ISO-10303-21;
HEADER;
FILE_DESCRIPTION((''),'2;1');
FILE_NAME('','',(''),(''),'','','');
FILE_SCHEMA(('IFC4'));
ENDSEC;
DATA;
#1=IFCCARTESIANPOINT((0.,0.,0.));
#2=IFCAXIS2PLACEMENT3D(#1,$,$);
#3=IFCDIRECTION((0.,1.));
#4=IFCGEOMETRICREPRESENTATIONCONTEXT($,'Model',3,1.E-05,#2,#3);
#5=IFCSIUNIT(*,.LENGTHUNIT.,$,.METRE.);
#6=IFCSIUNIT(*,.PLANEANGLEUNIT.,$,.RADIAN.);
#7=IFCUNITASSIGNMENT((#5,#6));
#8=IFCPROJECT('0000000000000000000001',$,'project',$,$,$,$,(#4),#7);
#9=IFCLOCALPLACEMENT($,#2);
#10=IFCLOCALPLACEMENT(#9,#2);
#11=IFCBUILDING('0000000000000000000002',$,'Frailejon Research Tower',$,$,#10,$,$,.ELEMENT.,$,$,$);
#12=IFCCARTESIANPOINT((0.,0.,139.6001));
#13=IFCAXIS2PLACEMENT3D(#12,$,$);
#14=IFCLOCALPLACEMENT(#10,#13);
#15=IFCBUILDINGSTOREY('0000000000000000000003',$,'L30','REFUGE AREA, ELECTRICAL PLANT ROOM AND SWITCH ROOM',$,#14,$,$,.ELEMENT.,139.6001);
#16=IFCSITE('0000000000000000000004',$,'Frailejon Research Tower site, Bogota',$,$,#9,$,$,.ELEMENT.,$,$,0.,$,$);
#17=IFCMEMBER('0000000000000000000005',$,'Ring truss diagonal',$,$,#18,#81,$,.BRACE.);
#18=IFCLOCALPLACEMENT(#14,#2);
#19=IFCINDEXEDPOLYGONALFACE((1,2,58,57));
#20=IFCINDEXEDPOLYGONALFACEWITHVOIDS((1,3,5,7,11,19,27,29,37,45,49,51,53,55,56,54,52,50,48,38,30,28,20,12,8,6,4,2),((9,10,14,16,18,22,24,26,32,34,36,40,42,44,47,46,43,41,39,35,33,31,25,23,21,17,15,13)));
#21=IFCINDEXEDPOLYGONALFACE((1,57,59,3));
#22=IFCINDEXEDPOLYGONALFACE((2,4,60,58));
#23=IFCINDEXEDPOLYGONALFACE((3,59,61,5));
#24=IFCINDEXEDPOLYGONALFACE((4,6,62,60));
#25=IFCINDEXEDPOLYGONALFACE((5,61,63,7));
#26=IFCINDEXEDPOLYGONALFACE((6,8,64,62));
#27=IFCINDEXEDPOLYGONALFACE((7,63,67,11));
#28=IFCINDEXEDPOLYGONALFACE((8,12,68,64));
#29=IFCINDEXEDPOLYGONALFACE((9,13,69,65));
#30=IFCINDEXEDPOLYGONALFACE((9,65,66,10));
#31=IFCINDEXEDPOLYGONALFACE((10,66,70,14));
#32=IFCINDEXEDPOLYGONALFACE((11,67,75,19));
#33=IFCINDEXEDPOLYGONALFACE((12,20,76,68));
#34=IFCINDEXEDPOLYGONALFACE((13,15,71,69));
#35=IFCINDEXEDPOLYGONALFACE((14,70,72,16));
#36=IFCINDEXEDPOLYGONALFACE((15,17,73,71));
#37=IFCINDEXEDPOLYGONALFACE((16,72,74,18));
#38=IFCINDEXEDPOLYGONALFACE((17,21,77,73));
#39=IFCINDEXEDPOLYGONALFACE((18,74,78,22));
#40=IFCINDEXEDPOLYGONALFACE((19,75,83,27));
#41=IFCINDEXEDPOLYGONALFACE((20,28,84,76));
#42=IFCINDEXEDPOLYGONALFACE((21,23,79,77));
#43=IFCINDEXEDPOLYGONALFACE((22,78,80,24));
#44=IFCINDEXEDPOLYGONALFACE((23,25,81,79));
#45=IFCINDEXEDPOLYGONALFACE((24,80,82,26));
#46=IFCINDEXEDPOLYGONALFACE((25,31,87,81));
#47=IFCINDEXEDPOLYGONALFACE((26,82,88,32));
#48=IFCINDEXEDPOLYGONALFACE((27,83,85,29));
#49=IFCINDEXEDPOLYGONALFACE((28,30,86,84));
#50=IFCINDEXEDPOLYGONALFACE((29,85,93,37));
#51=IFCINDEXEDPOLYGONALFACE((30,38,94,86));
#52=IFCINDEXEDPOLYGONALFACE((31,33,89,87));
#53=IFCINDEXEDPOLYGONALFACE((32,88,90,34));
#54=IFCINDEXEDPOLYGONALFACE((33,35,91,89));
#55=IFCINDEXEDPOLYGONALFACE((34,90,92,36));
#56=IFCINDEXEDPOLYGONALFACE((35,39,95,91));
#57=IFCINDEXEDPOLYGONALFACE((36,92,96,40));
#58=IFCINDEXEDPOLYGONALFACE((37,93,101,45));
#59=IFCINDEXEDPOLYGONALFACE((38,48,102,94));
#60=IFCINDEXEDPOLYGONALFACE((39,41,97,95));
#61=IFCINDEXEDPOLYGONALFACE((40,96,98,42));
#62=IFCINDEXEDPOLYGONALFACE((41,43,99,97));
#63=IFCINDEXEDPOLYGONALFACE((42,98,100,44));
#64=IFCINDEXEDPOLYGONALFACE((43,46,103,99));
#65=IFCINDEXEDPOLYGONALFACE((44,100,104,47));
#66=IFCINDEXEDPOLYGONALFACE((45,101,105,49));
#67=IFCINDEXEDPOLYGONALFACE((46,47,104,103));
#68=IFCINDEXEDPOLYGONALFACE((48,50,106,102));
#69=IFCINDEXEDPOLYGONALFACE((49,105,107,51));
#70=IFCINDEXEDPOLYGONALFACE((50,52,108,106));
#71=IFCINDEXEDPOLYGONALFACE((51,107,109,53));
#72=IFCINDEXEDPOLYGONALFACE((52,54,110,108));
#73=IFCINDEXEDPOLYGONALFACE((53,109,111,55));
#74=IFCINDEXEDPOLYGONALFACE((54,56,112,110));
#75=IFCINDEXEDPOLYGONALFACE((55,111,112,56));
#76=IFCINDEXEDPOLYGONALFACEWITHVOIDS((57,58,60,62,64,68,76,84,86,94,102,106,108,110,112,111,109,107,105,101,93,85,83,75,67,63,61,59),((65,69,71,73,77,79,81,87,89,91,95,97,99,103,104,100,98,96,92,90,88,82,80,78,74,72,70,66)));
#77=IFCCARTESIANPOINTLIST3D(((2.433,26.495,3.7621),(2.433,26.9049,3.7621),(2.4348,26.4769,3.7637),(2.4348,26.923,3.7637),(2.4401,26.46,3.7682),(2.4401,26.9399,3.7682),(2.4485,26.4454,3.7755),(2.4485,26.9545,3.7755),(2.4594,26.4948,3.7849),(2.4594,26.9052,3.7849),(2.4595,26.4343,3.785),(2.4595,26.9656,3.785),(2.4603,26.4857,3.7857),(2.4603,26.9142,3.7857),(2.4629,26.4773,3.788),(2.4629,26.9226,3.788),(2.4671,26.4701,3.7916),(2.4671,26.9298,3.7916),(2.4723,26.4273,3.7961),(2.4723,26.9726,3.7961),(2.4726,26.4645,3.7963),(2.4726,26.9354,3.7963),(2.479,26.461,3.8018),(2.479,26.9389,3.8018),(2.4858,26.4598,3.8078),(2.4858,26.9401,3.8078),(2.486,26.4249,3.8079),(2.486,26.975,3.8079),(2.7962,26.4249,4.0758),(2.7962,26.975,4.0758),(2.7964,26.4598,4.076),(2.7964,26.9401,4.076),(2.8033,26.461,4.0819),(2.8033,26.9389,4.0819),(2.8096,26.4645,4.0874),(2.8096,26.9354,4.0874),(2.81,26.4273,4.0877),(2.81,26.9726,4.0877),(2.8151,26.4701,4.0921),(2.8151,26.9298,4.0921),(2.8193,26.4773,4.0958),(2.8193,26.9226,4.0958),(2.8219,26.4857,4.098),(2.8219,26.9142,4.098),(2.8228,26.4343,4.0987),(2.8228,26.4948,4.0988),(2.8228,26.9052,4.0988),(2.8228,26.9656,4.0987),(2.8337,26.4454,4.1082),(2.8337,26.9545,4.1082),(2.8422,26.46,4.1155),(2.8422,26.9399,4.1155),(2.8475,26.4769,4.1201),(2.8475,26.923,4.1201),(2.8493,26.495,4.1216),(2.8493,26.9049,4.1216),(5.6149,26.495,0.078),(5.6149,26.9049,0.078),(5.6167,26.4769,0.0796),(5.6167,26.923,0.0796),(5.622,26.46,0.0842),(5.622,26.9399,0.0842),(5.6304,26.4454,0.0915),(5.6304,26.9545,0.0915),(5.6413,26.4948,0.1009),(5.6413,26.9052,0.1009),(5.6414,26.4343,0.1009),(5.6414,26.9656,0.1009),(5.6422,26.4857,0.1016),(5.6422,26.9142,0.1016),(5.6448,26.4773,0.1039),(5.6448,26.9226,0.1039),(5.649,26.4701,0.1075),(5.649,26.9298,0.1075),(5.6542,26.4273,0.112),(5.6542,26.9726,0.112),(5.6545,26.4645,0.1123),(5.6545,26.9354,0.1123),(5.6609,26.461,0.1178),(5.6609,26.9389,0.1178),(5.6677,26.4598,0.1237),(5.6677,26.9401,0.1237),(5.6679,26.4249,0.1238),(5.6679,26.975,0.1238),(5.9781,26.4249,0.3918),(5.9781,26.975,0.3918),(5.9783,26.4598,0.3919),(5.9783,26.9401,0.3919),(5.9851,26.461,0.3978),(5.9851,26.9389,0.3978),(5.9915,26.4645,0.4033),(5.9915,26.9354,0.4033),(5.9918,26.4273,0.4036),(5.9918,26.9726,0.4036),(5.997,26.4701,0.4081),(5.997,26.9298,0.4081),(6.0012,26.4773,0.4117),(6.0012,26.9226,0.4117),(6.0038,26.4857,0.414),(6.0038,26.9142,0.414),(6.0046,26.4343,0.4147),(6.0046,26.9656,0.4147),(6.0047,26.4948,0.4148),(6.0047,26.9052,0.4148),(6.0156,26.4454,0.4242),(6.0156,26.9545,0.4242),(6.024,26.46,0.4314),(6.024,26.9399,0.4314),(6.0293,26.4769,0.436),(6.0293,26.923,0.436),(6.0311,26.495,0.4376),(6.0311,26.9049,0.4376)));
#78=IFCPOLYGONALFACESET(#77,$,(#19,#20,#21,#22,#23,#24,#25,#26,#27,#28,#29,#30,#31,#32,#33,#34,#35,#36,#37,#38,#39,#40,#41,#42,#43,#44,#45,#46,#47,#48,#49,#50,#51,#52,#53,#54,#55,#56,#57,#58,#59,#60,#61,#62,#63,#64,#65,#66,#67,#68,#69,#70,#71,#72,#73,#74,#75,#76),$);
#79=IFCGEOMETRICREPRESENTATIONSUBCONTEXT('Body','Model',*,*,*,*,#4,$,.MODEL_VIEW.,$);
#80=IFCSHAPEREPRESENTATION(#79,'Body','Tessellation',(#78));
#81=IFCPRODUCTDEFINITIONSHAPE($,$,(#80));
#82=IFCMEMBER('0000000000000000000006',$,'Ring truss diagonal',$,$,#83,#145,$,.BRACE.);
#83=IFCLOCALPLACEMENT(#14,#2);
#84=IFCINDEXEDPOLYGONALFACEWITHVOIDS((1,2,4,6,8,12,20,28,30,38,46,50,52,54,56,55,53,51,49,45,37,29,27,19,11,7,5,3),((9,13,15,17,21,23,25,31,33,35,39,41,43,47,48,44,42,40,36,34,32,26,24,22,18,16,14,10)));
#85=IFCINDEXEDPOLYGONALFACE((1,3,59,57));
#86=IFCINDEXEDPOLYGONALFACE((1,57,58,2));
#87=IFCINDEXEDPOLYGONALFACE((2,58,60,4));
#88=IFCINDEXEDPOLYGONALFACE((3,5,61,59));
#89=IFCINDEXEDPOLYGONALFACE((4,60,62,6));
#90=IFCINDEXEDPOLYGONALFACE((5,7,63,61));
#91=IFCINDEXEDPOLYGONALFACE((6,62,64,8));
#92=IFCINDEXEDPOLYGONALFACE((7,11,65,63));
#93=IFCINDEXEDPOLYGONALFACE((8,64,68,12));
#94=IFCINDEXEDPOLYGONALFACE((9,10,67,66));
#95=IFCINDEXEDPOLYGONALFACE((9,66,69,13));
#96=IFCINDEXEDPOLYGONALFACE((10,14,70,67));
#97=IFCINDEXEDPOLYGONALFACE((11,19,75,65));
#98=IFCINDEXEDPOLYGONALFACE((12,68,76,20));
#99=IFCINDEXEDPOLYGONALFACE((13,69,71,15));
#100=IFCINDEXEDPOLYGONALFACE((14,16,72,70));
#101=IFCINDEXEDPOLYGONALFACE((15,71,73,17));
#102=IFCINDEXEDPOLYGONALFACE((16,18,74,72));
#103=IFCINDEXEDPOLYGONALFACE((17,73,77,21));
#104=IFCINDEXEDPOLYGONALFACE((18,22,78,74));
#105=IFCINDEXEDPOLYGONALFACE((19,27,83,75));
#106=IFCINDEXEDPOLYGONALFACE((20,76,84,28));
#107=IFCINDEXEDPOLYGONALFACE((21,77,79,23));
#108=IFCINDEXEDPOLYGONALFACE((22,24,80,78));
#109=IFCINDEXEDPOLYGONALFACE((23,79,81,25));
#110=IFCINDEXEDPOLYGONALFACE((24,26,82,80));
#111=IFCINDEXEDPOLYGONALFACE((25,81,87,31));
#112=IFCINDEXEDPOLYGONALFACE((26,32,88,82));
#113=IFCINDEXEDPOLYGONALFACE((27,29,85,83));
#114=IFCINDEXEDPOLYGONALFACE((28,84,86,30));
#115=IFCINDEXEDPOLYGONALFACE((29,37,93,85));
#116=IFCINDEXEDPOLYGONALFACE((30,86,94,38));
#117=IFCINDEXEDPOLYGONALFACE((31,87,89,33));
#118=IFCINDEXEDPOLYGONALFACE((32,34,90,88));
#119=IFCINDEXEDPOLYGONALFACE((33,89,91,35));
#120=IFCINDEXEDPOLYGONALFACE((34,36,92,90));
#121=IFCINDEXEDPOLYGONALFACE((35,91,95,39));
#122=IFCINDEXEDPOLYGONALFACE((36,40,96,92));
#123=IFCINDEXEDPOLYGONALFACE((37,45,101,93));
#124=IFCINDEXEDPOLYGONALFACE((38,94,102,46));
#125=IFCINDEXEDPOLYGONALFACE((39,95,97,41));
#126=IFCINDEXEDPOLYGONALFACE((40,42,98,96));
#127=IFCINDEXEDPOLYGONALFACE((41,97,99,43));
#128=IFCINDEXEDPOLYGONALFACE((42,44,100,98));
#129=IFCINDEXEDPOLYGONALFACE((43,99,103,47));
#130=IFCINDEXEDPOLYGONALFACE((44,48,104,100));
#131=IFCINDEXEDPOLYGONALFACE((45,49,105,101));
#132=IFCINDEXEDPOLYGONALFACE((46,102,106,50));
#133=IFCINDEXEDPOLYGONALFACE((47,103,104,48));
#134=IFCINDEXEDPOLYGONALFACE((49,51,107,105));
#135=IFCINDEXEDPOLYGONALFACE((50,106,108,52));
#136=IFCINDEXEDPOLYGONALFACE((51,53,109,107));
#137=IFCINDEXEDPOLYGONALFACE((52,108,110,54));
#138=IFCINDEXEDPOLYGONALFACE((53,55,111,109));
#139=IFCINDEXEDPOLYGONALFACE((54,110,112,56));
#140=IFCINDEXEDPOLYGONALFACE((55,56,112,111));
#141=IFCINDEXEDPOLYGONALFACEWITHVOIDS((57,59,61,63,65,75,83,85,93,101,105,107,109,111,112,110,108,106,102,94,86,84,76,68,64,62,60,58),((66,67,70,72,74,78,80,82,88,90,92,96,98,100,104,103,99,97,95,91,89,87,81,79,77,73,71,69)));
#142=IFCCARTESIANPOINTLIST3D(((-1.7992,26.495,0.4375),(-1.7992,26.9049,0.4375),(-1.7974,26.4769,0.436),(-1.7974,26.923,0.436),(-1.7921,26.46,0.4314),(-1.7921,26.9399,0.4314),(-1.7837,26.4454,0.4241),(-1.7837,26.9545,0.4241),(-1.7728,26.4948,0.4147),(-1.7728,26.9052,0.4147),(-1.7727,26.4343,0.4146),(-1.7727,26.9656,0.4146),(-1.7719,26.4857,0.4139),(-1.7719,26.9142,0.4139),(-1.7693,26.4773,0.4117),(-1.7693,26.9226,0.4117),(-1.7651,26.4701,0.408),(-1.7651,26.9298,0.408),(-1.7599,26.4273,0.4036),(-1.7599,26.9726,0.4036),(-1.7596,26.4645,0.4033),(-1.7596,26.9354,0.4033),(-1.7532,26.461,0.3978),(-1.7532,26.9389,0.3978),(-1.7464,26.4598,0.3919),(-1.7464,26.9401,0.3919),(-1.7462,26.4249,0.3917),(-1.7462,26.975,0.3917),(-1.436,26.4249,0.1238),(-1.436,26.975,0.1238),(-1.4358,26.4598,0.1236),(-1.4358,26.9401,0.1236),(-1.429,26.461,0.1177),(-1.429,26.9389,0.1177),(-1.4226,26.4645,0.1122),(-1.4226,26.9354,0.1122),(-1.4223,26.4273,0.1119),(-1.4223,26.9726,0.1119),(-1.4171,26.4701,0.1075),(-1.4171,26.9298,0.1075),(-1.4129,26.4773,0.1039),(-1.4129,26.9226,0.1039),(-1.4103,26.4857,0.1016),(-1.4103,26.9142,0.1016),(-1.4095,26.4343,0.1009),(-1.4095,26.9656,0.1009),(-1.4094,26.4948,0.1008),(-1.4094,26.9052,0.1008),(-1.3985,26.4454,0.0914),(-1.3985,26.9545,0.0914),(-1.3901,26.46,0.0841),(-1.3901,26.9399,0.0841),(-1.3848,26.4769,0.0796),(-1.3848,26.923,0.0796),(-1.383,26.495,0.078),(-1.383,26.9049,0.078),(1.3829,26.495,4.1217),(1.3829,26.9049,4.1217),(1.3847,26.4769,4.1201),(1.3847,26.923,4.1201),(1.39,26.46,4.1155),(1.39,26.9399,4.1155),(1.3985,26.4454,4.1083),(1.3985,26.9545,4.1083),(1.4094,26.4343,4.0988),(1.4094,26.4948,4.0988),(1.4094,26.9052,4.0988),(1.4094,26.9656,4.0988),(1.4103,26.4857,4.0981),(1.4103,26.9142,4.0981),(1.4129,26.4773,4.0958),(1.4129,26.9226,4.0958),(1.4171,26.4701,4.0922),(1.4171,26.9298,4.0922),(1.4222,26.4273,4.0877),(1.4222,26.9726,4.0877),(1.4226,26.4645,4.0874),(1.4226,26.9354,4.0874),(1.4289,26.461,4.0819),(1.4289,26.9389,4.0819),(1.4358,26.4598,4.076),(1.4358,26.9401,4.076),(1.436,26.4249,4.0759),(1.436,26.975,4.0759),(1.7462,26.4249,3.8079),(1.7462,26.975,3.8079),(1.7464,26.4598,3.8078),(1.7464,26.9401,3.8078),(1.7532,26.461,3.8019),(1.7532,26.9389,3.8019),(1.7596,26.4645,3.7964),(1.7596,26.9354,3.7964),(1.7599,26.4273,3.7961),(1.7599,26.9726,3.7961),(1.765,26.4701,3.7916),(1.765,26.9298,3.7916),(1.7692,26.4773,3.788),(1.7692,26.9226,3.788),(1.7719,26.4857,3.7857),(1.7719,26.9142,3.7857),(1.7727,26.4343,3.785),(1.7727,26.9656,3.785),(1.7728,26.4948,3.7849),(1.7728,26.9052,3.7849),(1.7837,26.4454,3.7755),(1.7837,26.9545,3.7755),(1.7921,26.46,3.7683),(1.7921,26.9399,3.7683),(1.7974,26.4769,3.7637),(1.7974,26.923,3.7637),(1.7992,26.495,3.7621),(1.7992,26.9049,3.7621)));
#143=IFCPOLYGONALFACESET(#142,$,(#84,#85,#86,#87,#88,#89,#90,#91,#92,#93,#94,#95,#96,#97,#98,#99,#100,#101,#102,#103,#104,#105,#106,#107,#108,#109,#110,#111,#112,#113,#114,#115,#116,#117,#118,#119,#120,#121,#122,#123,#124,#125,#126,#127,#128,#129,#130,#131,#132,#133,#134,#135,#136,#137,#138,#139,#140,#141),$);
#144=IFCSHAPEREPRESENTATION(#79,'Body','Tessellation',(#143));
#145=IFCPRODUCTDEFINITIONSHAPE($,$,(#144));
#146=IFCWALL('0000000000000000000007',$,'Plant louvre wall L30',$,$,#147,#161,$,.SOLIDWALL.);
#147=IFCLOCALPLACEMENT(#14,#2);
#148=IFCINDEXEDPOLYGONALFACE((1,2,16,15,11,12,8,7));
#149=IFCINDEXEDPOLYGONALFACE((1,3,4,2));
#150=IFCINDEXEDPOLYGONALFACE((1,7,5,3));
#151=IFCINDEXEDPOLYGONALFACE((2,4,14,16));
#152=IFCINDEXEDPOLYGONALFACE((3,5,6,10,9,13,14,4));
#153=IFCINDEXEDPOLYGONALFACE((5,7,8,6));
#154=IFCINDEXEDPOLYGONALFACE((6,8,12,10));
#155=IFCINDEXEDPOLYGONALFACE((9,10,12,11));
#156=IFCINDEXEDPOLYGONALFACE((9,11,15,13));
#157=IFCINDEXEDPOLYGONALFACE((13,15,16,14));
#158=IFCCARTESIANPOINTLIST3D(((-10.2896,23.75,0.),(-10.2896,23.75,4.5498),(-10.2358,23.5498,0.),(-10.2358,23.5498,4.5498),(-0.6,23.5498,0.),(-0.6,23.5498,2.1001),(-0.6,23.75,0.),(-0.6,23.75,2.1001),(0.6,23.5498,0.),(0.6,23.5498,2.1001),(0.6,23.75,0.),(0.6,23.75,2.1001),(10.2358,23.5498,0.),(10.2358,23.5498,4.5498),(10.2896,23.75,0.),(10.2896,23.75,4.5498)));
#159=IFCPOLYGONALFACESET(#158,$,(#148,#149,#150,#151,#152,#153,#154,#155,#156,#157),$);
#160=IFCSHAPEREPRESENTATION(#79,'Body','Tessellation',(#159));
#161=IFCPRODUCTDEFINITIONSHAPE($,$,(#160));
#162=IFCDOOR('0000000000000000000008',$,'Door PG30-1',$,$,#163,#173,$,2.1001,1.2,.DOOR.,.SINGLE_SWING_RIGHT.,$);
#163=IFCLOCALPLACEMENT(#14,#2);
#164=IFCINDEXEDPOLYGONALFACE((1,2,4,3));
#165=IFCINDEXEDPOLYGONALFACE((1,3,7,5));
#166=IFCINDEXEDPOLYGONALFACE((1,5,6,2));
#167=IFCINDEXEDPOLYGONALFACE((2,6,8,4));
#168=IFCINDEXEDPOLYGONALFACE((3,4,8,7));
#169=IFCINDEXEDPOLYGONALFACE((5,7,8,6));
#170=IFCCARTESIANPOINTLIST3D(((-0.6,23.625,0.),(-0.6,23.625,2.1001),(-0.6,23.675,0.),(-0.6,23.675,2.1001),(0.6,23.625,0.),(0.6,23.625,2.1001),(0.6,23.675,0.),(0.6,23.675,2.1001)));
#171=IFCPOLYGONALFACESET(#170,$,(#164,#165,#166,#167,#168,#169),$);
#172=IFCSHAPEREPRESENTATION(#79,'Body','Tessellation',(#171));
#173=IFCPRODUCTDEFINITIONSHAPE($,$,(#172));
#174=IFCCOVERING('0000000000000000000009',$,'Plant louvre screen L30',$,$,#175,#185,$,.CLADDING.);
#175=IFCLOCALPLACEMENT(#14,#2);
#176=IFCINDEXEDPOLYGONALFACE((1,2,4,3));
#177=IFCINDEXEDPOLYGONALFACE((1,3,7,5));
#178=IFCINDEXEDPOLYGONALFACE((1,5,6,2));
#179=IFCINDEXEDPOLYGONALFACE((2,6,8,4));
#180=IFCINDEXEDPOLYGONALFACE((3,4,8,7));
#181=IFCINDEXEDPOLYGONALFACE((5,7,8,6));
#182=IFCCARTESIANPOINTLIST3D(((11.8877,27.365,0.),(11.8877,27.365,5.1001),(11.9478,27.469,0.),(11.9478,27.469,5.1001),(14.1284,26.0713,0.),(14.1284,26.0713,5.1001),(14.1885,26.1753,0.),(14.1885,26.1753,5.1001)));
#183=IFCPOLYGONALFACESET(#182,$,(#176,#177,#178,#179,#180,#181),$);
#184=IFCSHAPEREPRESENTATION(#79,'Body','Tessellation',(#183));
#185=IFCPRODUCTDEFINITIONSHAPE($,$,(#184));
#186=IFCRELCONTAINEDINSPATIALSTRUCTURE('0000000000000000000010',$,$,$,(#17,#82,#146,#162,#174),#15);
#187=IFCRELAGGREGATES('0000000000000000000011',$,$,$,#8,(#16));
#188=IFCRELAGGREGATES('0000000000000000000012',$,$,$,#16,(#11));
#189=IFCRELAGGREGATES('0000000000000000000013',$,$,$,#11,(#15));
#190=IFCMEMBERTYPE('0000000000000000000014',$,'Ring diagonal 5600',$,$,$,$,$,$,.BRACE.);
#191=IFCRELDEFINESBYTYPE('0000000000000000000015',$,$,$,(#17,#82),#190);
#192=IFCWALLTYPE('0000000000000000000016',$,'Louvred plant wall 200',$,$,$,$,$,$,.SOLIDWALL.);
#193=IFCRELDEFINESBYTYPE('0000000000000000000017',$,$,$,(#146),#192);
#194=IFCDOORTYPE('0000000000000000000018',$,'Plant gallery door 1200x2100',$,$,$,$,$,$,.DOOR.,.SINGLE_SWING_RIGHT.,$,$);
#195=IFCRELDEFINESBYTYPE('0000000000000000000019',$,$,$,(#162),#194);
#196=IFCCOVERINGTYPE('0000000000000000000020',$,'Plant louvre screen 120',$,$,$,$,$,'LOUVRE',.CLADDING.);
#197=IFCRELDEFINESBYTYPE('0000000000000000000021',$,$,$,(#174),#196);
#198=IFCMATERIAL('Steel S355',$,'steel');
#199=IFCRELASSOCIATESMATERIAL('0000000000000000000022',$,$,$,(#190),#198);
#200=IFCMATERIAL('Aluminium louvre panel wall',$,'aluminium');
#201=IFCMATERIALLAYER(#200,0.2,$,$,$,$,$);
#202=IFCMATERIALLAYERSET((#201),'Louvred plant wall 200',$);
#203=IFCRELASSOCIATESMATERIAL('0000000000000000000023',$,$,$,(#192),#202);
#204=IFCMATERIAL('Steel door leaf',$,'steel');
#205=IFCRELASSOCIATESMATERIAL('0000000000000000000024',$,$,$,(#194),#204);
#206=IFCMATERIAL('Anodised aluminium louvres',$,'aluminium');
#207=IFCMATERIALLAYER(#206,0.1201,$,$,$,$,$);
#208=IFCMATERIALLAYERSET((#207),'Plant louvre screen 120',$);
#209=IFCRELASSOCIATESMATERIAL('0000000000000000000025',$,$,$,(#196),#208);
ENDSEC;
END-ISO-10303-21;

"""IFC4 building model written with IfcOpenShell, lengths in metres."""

from ifc_helpers import new_model, si_unit, direction, frame, frame_2d, origin, origin_2d, place, context, subcontext, project, spatial, polyline, rectangle, hollow_rectangle, outline, extrude, material, layer, layer_set, material_profile, profile_set, type_object, element, fill, save


model = new_model("IFC4")

# Units and contexts
model_context = context("Model", 3, precision=1e-05, world=origin(), true_north=direction((0.0, 1.0)))
body_context = subcontext(model_context, "Body", "Model", "MODEL_VIEW")
ifc_project = project(units=[si_unit("LENGTHUNIT", "METRE"), si_unit("PLANEANGLEUNIT", "RADIAN")], contexts=[model_context])

# Site, building, storey
site_placement = place(None, origin())
site = spatial("IfcSite", under=ifc_project, at=site_placement, Name="Frailejon Research Tower site, Bogota", CompositionType="ELEMENT", RefElevation=0.0)
building_placement = place(site_placement, origin())
building = spatial("IfcBuilding", under=site, at=building_placement, Name="Frailejon Research Tower", CompositionType="ELEMENT")
storey_placement = place(building_placement, frame((0.0, 0.0, 139.6001)))
storey = spatial("IfcBuildingStorey", under=building, at=storey_placement, Name="L30", Description="REFUGE AREA, ELECTRICAL PLANT ROOM AND SWITCH ROOM", CompositionType="ELEMENT", Elevation=139.6001)

# Members
ifc_material_1 = material(Name="Steel S355", Category="steel")
ifc_material_profile_1 = material_profile(ifc_material_1, hollow_rectangle(XDim=0.55, YDim=0.55, WallThickness=0.0349, InnerFilletRadius=0.0349, OuterFilletRadius=0.0701, at=origin_2d()), Name="Ring diagonal 5600")
ifc_profile_set_1 = profile_set([ifc_material_profile_1], Name="Steel S355")
member_type = type_object("IfcMemberType", Name="Ring diagonal 5600", PredefinedType="BRACE", material=ifc_profile_set_1)
member_1_placement = place(storey_placement, frame((5.823, 26.7, 0.2578), z_axis=(-0.653641, 0.0, 0.756805), x_axis=(0.0, -1.0, 0.0)))
element("IfcMember", 1, at=member_1_placement, inside=storey, type_object=member_type, Name="Ring truss diagonal", PredefinedType="BRACE", context=body_context, shape_type="SweptSolid", body=[
    extrude(hollow_rectangle(XDim=0.55, YDim=0.55, WallThickness=0.0349, InnerFilletRadius=0.0349, OuterFilletRadius=0.0701, at=origin_2d()), origin(), (0.0, 0.0, 1.0), 4.8679),
])
member_2_placement = place(storey_placement, frame((1.5911, 26.7, 3.9419), z_axis=(-0.653669, 0.0, -0.75678), x_axis=(0.0, -1.0, 0.0)))
element("IfcMember", 2, at=member_2_placement, inside=storey, type_object=member_type, Name="Ring truss diagonal", PredefinedType="BRACE", context=body_context, shape_type="SweptSolid", body=[
    extrude(hollow_rectangle(XDim=0.55, YDim=0.55, WallThickness=0.0349, InnerFilletRadius=0.0349, OuterFilletRadius=0.0701, at=origin_2d()), origin(), (0.0, 0.0, 1.0), 4.8682),
])

# Wall, opening, door
ifc_material_2 = material(Name="Aluminium louvre panel wall", Category="aluminium")
ifc_layer_1 = layer(ifc_material_2, 0.2)
ifc_layer_set_1 = layer_set([ifc_layer_1], Name="Louvred plant wall 200")
wall_type = type_object("IfcWallType", Name="Louvred plant wall 200", PredefinedType="SOLIDWALL", material=ifc_layer_set_1)
wall_placement = place(storey_placement, frame((10.2627, 23.6499, 0.0), z_axis=(0.0, 0.0, 1.0), x_axis=(-1.0, 0.0, 0.0)))
wall = element("IfcWall", 3, at=wall_placement, inside=storey, type_object=wall_type, Name="Plant louvre wall L30", PredefinedType="SOLIDWALL", context=body_context, shape_type="SweptSolid", body=[
    extrude(outline(polyline([(-0.0269, -0.1001), (20.5522, -0.1001), (20.4985, 0.1001), (0.0269, 0.1001), (-0.0269, -0.1001)])), origin(), (0.0, 0.0, 1.0), 4.5498),
])
opening_placement = place(wall_placement, frame((9.6626, 0.0, 0.0)))
opening = element("IfcOpeningElement", 4, at=opening_placement, cuts=wall, PredefinedType="OPENING", context=body_context, shape_type="SweptSolid", body=[
    extrude(rectangle(XDim=1.2, YDim=2.1001, at=frame_2d((0.6001, 1.05))), frame((0.0, 0.1099, 0.0), z_axis=(0.0, -1.0, 0.0), x_axis=(1.0, 0.0, 0.0)), (0.0, 0.0, 1.0), 0.22),
])
ifc_material_3 = material(Name="Steel door leaf", Category="steel")
door_type = type_object("IfcDoorType", Name="Plant gallery door 1200x2100", OperationType="SINGLE_SWING_RIGHT", PredefinedType="DOOR", material=ifc_material_3)
door_placement = place(opening_placement, origin())
door = element("IfcDoor", 5, at=door_placement, inside=storey, type_object=door_type, Name="Door PG30-1", OperationType="SINGLE_SWING_RIGHT", OverallHeight=2.1001, OverallWidth=1.2, PredefinedType="DOOR", context=body_context, shape_type="SweptSolid", body=[
    extrude(rectangle(XDim=1.2, YDim=2.1001, at=frame_2d((0.6001, 1.05))), frame((0.0, 0.0249, 0.0), z_axis=(0.0, -1.0, 0.0), x_axis=(1.0, 0.0, 0.0)), (0.0, 0.0, 1.0), 0.05),
])
fill(opening, door)

# Covering
ifc_material_4 = material(Name="Anodised aluminium louvres", Category="aluminium")
ifc_layer_2 = layer(ifc_material_4, 0.1201)
ifc_layer_set_2 = layer_set([ifc_layer_2], Name="Plant louvre screen 120")
covering_type = type_object("IfcCoveringType", Name="Plant louvre screen 120", ElementType="LOUVRE", PredefinedType="CLADDING", material=ifc_layer_set_2)
covering_1_placement = place(storey_placement, frame((11.9478, 27.469, 0.0), z_axis=(0.866021, -0.500007, 0.0), x_axis=(0.500007, 0.866021, 0.0)))
element("IfcCovering", 6, at=covering_1_placement, inside=storey, type_object=covering_type, Name="Plant louvre screen L30", PredefinedType="CLADDING", context=body_context, shape_type="SweptSolid", body=[
    extrude(outline(polyline([(-0.1201, 0.0), (0.0, 0.0), (0.0, 5.1001), (-0.1201, 5.1001), (-0.1201, 0.0)])), origin(), (0.0, 0.0, 1.0), 2.5874),
])

save(model, "model.ifc")
